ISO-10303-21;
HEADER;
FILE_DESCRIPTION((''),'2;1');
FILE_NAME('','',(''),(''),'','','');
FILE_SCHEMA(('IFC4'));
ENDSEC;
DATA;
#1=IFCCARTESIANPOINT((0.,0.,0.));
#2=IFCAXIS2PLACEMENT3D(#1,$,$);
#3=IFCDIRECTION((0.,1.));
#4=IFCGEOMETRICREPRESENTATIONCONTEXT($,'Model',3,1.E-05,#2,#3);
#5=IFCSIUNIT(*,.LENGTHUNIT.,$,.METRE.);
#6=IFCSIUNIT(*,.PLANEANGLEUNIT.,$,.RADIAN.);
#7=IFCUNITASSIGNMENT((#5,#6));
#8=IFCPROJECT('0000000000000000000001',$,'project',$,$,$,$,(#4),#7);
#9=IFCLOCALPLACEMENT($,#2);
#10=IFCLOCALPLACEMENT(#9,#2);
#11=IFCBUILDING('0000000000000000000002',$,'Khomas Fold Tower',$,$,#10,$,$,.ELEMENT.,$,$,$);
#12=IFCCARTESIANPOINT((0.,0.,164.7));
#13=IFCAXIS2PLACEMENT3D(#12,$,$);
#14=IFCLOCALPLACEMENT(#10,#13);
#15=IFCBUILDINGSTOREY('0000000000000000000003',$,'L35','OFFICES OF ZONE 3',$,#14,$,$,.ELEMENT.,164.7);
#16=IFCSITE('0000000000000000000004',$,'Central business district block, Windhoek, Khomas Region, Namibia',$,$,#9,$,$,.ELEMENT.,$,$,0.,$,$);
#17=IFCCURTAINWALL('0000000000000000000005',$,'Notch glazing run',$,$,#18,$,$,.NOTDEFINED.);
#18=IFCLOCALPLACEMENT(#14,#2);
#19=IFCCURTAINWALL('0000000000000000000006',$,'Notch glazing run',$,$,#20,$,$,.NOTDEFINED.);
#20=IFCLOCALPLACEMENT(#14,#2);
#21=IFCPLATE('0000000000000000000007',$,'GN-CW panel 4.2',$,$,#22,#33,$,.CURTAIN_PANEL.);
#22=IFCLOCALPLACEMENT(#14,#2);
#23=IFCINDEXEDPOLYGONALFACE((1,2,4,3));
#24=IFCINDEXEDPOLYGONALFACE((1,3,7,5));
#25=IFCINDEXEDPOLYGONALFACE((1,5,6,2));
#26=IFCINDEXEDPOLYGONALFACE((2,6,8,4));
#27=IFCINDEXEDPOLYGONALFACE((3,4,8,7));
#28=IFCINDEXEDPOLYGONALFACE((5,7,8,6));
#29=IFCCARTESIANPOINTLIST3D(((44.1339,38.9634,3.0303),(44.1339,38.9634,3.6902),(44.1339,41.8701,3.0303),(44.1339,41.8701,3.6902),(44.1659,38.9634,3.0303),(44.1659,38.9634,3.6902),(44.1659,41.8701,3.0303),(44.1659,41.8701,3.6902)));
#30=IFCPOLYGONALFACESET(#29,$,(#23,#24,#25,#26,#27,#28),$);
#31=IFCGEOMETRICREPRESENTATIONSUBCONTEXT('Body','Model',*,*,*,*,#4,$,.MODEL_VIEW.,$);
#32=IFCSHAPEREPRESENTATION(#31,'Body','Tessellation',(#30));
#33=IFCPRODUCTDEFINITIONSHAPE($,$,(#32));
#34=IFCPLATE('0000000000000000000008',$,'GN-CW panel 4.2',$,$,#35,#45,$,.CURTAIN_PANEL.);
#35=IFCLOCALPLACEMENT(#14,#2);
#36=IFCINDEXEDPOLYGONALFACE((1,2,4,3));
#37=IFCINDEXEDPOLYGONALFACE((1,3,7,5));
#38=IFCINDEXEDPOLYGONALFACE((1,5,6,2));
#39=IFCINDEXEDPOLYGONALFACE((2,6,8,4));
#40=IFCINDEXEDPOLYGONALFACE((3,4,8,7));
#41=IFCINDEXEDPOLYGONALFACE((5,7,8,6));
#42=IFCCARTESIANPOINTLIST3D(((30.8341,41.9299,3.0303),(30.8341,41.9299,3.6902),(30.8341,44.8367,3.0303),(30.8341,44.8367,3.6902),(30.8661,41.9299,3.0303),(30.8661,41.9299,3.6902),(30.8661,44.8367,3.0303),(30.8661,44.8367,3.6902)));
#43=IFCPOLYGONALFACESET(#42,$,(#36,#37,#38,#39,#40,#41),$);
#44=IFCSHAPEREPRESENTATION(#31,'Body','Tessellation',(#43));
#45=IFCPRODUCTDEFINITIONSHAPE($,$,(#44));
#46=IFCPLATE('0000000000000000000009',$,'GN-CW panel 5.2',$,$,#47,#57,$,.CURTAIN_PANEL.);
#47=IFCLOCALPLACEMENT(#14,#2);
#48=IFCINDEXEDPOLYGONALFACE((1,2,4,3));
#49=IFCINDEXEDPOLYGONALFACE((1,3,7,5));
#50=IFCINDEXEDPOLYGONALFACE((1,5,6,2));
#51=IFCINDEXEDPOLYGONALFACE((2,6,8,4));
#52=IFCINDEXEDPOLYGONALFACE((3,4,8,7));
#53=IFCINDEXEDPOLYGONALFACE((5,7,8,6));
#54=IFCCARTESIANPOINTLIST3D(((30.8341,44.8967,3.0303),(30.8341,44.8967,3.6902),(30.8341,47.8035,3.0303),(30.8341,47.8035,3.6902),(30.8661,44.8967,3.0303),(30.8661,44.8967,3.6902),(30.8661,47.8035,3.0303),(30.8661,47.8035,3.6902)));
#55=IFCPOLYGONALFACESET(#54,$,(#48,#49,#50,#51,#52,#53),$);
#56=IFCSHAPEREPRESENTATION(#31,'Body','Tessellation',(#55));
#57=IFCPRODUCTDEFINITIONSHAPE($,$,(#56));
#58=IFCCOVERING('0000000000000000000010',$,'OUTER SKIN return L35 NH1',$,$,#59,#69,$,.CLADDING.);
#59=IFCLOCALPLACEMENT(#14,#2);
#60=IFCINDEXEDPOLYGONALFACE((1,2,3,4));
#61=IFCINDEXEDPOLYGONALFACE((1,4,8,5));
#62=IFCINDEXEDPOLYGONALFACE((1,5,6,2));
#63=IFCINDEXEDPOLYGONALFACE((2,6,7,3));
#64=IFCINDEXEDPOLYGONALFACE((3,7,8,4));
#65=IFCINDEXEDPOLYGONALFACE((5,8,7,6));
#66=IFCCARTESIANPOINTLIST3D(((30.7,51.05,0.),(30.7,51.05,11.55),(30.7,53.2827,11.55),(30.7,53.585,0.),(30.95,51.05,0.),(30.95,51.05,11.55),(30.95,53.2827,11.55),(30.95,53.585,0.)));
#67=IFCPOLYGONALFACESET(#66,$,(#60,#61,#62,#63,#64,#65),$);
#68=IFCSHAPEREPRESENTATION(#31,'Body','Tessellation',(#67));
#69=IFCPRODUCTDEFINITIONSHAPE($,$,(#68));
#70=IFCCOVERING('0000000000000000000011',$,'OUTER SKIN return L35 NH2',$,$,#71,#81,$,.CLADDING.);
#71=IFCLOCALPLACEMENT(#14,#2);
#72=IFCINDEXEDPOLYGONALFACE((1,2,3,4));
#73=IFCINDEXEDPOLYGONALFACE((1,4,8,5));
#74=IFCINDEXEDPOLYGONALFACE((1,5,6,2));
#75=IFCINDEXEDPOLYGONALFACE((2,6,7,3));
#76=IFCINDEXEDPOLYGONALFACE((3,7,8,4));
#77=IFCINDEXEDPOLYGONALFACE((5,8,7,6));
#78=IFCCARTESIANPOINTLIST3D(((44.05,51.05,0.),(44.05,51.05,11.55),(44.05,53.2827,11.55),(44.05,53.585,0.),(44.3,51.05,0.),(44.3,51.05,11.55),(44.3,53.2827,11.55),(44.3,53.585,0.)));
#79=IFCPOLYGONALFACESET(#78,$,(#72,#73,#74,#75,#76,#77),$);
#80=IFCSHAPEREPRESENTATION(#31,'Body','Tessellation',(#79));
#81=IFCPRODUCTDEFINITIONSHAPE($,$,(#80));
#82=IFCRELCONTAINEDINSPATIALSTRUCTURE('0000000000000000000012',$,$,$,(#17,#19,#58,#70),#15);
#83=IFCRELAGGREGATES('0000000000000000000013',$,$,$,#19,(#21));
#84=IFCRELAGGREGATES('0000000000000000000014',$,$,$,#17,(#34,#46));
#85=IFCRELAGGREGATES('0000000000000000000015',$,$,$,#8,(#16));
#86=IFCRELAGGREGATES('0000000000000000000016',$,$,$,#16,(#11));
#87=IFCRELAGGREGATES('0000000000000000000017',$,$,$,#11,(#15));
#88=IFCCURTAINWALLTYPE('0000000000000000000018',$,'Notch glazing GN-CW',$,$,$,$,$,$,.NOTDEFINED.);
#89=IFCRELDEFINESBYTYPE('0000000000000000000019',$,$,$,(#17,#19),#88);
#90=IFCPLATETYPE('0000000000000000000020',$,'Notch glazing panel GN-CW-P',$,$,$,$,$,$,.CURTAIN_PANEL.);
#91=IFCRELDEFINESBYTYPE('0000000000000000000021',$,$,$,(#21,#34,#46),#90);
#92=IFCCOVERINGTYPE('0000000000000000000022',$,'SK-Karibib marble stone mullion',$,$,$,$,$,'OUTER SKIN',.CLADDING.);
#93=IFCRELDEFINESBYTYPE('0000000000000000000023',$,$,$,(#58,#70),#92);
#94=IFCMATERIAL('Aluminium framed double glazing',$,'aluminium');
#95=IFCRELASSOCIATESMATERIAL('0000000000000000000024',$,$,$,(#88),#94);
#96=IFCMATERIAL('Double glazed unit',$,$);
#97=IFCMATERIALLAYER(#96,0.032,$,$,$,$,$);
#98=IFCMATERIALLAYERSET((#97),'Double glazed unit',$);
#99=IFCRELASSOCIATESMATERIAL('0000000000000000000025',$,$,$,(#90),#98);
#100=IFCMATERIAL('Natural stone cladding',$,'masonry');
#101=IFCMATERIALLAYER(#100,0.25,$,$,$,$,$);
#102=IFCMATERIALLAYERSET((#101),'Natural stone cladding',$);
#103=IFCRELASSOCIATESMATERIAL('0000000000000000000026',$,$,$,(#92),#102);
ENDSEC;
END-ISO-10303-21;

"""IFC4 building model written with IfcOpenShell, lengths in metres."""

from ifc_helpers import new_model, si_unit, direction, frame, origin, origin_2d, place, context, subcontext, project, spatial, polyline, rectangle, outline, extrude, source, transform, mapped, material, layer, layer_set, type_object, element, aggregate, save


model = new_model("IFC4")

# Units and contexts
model_context = context("Model", 3, precision=1e-05, world=origin(), true_north=direction((0.0, 1.0)))
body_context = subcontext(model_context, "Body", "Model", "MODEL_VIEW")
ifc_project = project(units=[si_unit("LENGTHUNIT", "METRE"), si_unit("PLANEANGLEUNIT", "RADIAN")], contexts=[model_context])

# Site, building, storey
site_placement = place(None, origin())
site = spatial("IfcSite", under=ifc_project, at=site_placement, Name="Central business district block, Windhoek, Khomas Region, Namibia", CompositionType="ELEMENT", RefElevation=0.0)
building_placement = place(site_placement, origin())
building = spatial("IfcBuilding", under=site, at=building_placement, Name="Khomas Fold Tower", CompositionType="ELEMENT")
storey_placement = place(building_placement, frame((0.0, 0.0, 164.7)))
storey = spatial("IfcBuildingStorey", under=building, at=storey_placement, Name="L35", Description="OFFICES OF ZONE 3", CompositionType="ELEMENT", Elevation=164.7)

# Curtain walls
ifc_material_1 = material(Name="Aluminium framed double glazing", Category="aluminium")
curtain_wall_type_1 = type_object("IfcCurtainWallType", Name="Notch glazing GN-CW", PredefinedType="NOTDEFINED", material=ifc_material_1)
curtain_wall_1_placement = place(storey_placement, origin())
curtain_wall_1 = element("IfcCurtainWall", 1, at=curtain_wall_1_placement, inside=storey, type_object=curtain_wall_type_1, Name="Notch glazing run", PredefinedType="NOTDEFINED")
curtain_wall_2_placement = place(storey_placement, origin())
curtain_wall_2 = element("IfcCurtainWall", 2, at=curtain_wall_2_placement, inside=storey, type_object=curtain_wall_type_1, Name="Notch glazing run", PredefinedType="NOTDEFINED")

# Plates
ifc_material_2 = material(Name="Double glazed unit")
ifc_layer_1 = layer(ifc_material_2, 0.032)
ifc_layer_set_1 = layer_set([ifc_layer_1], Name="Double glazed unit")
plate_type = type_object("IfcPlateType", Name="Notch glazing panel GN-CW-P", PredefinedType="CURTAIN_PANEL", material=ifc_layer_set_1)
shared_shape_1 = source(origin(), body_context, "Body", "SweptSolid", [
    extrude(rectangle(XDim=2.9067, YDim=0.032, at=origin_2d()), origin(), (0.0, 0.0, 1.0), 0.6599),
])
plate_1_placement = place(storey_placement, frame((44.1499, 40.4167, 3.0303), z_axis=(0.0, 0.0, 1.0), x_axis=(0.0, -1.0, 0.0)))
plate_1 = element("IfcPlate", 3, at=plate_1_placement, type_object=plate_type, Name="GN-CW panel 4.2", PredefinedType="CURTAIN_PANEL", context=body_context, shape_type="MappedRepresentation", body=[
    mapped(shared_shape_1, transform((0.0, 0.0, 0.0))),
])
aggregate(curtain_wall_2, [plate_1])
plate_2_placement = place(storey_placement, frame((30.8501, 43.3833, 3.0303), z_axis=(0.0, 0.0, 1.0), x_axis=(0.0, 1.0, 0.0)))
plate_2 = element("IfcPlate", 4, at=plate_2_placement, type_object=plate_type, Name="GN-CW panel 4.2", PredefinedType="CURTAIN_PANEL", context=body_context, shape_type="MappedRepresentation", body=[
    mapped(shared_shape_1, transform((0.0, 0.0, 0.0))),
])
plate_3_placement = place(storey_placement, frame((30.8501, 46.3501, 3.0303), z_axis=(0.0, 0.0, 1.0), x_axis=(0.0, 1.0, 0.0)))
plate_3 = element("IfcPlate", 5, at=plate_3_placement, type_object=plate_type, Name="GN-CW panel 5.2", PredefinedType="CURTAIN_PANEL", context=body_context, shape_type="MappedRepresentation", body=[
    mapped(shared_shape_1, transform((0.0, 0.0, 0.0))),
])
aggregate(curtain_wall_1, [plate_2, plate_3])

# Coverings
ifc_material_3 = material(Name="Natural stone cladding", Category="masonry")
ifc_layer_2 = layer(ifc_material_3, 0.25)
ifc_layer_set_2 = layer_set([ifc_layer_2], Name="Natural stone cladding")
covering_type = type_object("IfcCoveringType", Name="SK-Karibib marble stone mullion", ElementType="OUTER SKIN", PredefinedType="CLADDING", material=ifc_layer_set_2)
covering_1_placement = place(storey_placement, frame((30.95, 51.05, 0.0), z_axis=(1.0, 0.0, 0.0), x_axis=(0.0, 1.0, 0.0)))
element("IfcCovering", 6, at=covering_1_placement, inside=storey, type_object=covering_type, Name="OUTER SKIN return L35 NH1", PredefinedType="CLADDING", context=body_context, shape_type="SweptSolid", body=[
    extrude(outline(polyline([(0.0, 0.0), (2.5349, 0.0), (2.2327, 11.55), (0.0, 11.55), (0.0, 0.0)])), origin(), (0.0, 0.0, -1.0), 0.25),
])
covering_2_placement = place(storey_placement, frame((44.05, 51.05, 11.55), z_axis=(-1.0, 0.0, 0.0), x_axis=(0.0, 1.0, 0.0)))
element("IfcCovering", 7, at=covering_2_placement, inside=storey, type_object=covering_type, Name="OUTER SKIN return L35 NH2", PredefinedType="CLADDING", context=body_context, shape_type="SweptSolid", body=[
    extrude(outline(polyline([(0.0, 0.0), (2.2327, 0.0), (2.5349, 11.55), (0.0, 11.55), (0.0, 0.0)])), origin(), (0.0, 0.0, -1.0), 0.25),
])

save(model, "model.ifc")
